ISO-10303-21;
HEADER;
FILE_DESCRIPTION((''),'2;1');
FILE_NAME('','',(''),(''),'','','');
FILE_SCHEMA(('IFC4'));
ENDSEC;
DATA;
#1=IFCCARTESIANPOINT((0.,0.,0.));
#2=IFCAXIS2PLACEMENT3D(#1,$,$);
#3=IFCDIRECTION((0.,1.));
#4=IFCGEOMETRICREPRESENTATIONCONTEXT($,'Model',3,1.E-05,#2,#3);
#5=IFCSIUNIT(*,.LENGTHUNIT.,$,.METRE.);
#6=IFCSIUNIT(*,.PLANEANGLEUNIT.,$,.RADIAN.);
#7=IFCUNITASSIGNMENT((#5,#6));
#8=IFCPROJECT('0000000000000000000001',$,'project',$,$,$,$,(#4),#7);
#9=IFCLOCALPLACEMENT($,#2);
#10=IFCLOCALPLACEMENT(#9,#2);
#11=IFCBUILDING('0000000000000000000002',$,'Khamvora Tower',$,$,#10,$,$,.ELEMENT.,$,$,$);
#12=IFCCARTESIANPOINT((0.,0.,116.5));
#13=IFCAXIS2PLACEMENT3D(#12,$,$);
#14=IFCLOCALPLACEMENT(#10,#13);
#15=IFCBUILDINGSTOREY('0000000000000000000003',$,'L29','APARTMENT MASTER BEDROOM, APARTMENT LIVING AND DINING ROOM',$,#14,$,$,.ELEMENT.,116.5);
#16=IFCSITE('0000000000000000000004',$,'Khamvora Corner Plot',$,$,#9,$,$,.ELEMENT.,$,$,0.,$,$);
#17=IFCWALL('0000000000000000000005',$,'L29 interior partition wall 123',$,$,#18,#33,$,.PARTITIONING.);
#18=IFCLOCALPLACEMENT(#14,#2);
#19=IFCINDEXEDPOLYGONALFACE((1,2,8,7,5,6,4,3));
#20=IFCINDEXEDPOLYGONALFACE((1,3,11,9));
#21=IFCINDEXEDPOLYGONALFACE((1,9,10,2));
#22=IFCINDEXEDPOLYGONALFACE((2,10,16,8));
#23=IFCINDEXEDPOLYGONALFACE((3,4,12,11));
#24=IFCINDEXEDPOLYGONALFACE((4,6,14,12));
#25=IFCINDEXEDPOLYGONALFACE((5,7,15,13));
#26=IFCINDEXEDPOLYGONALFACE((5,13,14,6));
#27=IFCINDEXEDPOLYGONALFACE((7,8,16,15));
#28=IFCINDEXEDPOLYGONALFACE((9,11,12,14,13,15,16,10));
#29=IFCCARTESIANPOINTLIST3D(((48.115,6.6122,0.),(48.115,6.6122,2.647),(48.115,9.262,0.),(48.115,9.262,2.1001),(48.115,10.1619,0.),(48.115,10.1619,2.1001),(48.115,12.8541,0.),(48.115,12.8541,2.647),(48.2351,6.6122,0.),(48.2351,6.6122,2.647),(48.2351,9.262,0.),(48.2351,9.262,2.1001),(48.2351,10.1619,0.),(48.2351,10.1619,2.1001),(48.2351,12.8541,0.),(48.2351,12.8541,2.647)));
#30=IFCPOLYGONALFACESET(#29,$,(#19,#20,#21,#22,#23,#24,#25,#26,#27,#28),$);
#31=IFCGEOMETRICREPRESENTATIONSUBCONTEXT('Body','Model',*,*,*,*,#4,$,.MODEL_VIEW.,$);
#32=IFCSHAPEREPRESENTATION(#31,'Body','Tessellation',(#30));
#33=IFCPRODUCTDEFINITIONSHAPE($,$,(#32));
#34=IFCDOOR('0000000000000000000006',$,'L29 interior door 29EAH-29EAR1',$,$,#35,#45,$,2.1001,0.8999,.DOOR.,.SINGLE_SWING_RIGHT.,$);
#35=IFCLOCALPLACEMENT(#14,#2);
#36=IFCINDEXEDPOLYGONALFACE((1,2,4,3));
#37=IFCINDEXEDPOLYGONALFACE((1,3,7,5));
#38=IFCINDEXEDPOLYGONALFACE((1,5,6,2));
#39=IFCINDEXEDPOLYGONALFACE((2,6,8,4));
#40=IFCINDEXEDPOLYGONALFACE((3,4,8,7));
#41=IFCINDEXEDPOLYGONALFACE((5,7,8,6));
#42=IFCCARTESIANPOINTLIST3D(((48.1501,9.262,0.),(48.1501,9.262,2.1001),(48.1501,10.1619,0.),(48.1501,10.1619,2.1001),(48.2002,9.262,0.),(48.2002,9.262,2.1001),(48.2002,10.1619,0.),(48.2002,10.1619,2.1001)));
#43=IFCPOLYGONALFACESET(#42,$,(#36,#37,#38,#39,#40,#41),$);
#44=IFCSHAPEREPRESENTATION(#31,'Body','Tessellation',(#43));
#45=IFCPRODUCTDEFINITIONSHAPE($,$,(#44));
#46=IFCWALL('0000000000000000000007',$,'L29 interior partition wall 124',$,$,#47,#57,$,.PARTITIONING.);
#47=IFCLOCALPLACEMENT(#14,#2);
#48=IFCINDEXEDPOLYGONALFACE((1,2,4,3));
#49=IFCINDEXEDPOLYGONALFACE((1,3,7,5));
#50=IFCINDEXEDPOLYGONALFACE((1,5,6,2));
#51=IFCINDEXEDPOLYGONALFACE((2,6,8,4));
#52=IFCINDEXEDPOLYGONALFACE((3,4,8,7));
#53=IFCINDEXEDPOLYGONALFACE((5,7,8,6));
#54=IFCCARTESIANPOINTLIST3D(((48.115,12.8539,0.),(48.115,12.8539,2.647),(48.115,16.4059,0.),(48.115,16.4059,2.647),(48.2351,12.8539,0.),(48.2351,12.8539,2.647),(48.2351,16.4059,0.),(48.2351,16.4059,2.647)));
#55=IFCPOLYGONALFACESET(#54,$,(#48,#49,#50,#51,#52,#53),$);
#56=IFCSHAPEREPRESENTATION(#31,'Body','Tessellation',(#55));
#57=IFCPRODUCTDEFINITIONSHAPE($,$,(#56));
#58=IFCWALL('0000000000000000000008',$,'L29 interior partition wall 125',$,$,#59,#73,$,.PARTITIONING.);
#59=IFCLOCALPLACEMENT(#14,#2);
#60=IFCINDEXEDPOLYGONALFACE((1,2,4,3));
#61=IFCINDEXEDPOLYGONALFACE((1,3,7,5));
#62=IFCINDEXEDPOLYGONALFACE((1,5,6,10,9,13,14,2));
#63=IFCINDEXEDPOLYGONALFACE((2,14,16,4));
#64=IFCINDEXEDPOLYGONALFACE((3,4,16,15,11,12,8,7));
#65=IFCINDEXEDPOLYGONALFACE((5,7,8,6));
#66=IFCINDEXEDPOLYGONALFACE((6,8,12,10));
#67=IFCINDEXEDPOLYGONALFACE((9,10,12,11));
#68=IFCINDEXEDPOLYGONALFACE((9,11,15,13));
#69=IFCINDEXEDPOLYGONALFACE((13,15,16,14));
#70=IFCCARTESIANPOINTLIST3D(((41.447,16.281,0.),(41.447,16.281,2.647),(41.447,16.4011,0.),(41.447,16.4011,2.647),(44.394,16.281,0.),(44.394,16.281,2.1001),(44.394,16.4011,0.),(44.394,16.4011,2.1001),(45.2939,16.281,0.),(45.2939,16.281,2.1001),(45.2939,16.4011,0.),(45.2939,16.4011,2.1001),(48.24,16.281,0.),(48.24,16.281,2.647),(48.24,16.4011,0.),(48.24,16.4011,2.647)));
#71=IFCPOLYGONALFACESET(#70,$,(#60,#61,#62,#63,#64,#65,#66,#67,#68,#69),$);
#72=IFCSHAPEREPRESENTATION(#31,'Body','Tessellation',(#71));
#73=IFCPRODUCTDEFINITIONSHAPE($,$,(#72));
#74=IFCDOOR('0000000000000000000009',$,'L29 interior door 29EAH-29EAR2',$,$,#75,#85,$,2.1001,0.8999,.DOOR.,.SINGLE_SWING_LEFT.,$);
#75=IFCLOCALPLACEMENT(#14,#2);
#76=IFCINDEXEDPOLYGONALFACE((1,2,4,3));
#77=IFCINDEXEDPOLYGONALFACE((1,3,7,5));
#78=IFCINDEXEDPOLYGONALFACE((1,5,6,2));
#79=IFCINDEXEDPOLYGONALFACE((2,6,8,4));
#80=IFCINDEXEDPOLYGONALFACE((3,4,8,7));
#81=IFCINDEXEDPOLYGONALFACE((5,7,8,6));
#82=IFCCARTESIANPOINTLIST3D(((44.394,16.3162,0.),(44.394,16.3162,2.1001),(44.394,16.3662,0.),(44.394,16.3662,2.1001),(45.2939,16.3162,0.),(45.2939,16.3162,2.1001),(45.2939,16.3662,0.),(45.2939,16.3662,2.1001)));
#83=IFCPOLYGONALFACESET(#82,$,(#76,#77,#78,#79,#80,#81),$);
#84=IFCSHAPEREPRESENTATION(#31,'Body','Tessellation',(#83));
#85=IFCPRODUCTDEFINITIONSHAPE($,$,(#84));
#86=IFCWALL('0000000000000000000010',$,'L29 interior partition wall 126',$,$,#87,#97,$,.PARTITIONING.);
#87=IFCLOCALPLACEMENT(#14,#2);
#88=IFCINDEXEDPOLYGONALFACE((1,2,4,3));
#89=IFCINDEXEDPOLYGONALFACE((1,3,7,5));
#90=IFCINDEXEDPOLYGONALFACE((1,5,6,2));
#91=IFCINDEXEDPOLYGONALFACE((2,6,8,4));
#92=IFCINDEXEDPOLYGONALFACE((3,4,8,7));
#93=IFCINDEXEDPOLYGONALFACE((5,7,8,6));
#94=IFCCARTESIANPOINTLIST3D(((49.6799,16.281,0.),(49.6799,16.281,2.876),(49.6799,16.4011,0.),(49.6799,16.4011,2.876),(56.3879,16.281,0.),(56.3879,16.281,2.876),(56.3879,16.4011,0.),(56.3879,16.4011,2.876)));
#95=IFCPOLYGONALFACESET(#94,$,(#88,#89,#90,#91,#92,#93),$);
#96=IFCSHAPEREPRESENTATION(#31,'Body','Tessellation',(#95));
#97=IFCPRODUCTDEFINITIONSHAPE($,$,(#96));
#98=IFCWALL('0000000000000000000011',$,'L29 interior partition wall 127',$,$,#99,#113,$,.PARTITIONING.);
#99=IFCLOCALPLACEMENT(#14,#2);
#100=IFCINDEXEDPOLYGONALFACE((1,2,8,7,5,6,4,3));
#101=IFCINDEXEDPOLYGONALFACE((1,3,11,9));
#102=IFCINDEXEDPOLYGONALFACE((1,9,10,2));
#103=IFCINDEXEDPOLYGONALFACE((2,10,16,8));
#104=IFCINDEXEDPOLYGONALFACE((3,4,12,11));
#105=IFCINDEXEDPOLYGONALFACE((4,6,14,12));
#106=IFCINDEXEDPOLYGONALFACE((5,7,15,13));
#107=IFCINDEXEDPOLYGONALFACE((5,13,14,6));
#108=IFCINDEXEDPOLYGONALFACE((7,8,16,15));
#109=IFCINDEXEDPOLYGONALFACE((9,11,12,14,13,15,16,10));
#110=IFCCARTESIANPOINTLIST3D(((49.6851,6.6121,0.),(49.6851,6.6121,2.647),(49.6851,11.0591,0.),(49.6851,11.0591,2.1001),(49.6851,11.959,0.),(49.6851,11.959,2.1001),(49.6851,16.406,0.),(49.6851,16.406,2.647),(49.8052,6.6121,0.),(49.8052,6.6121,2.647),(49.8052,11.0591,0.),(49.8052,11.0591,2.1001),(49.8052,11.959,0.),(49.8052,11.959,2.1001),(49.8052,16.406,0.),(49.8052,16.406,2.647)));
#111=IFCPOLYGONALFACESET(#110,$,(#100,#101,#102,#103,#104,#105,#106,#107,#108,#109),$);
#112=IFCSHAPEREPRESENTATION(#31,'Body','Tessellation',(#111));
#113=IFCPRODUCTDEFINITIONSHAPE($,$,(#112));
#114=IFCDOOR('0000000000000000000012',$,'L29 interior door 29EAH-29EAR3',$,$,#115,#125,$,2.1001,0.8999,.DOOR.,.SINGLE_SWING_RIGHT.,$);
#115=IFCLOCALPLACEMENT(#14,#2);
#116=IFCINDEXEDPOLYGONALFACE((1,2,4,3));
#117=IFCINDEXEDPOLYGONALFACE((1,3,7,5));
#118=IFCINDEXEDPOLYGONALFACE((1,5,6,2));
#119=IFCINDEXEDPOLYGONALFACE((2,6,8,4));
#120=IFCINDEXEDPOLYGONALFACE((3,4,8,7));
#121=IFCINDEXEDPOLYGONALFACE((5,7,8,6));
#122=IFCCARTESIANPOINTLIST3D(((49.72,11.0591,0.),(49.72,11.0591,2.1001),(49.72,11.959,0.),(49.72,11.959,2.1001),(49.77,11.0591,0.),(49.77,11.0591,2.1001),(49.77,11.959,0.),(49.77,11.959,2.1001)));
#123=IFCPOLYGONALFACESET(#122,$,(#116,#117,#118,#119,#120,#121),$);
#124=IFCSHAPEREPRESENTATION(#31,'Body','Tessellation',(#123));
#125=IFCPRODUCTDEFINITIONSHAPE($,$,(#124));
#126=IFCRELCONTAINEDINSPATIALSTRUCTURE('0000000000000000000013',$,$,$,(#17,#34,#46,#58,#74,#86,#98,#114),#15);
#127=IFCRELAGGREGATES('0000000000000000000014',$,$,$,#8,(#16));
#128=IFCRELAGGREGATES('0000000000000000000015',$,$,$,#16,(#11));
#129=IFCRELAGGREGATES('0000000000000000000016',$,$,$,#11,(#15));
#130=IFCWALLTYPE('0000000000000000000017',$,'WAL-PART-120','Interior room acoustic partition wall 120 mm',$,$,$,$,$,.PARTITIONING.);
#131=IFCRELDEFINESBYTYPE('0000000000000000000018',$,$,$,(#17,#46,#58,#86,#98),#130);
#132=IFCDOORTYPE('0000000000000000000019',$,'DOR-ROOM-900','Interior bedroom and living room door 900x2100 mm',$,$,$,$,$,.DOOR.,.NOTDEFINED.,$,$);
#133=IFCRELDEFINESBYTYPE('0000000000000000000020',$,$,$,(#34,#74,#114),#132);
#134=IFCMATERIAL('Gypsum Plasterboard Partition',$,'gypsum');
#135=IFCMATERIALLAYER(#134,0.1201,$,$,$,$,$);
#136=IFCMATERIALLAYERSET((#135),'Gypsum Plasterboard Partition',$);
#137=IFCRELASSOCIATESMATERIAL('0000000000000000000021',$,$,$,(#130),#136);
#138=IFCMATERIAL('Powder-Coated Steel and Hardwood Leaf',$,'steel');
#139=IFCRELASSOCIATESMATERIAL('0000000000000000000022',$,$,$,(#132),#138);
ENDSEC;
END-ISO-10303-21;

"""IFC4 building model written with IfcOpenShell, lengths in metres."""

from ifc_helpers import new_model, si_unit, direction, frame, frame_2d, origin, place, context, subcontext, project, spatial, rectangle, extrude, material, layer, layer_set, type_object, element, fill, save


model = new_model("IFC4")

# Units and contexts
model_context = context("Model", 3, precision=1e-05, world=origin(), true_north=direction((0.0, 1.0)))
body_context = subcontext(model_context, "Body", "Model", "MODEL_VIEW")
ifc_project = project(units=[si_unit("LENGTHUNIT", "METRE"), si_unit("PLANEANGLEUNIT", "RADIAN")], contexts=[model_context])

# Site, building, storey
site_placement = place(None, origin())
site = spatial("IfcSite", under=ifc_project, at=site_placement, Name="Khamvora Corner Plot", CompositionType="ELEMENT", RefElevation=0.0)
building_placement = place(site_placement, origin())
building = spatial("IfcBuilding", under=site, at=building_placement, Name="Khamvora Tower", CompositionType="ELEMENT")
storey_placement = place(building_placement, frame((0.0, 0.0, 116.5)))
storey = spatial("IfcBuildingStorey", under=building, at=storey_placement, Name="L29", Description="APARTMENT MASTER BEDROOM, APARTMENT LIVING AND DINING ROOM", CompositionType="ELEMENT", Elevation=116.5)

# Wall, opening, door
ifc_material_1 = material(Name="Gypsum Plasterboard Partition", Category="gypsum")
ifc_layer_1 = layer(ifc_material_1, 0.1201)
ifc_layer_set_1 = layer_set([ifc_layer_1], Name="Gypsum Plasterboard Partition")
wall_type_1 = type_object("IfcWallType", Name="WAL-PART-120", Description="Interior room acoustic partition wall 120 mm", PredefinedType="PARTITIONING", material=ifc_layer_set_1)
wall_1_placement = place(storey_placement, frame((48.175, 6.6121, 0.0), z_axis=(0.0, 0.0, 1.0), x_axis=(0.0, 1.0, 0.0)))
wall_1 = element("IfcWall", 1, at=wall_1_placement, inside=storey, type_object=wall_type_1, Name="L29 interior partition wall 123", PredefinedType="PARTITIONING", context=body_context, shape_type="SweptSolid", body=[
    extrude(rectangle(XDim=6.2419, YDim=0.1201, at=frame_2d((3.1211, 0.0))), origin(), (0.0, 0.0, 1.0), 2.647),
])
opening_1_placement = place(wall_1_placement, frame((2.6499, 0.0, 0.0)))
opening_1 = element("IfcOpeningElement", 2, at=opening_1_placement, cuts=wall_1, PredefinedType="OPENING", context=body_context, shape_type="SweptSolid", body=[
    extrude(rectangle(XDim=0.8999, YDim=2.1001, at=frame_2d((0.45, 1.05))), frame((0.0, 0.0701, 0.0), z_axis=(0.0, -1.0, 0.0), x_axis=(1.0, 0.0, 0.0)), (0.0, 0.0, 1.0), 0.1401),
])
ifc_material_2 = material(Name="Powder-Coated Steel and Hardwood Leaf", Category="steel")
door_type = type_object("IfcDoorType", Name="DOR-ROOM-900", Description="Interior bedroom and living room door 900x2100 mm", OperationType="NOTDEFINED", PredefinedType="DOOR", material=ifc_material_2)
door_1_placement = place(opening_1_placement, origin())
door_1 = element("IfcDoor", 3, at=door_1_placement, inside=storey, type_object=door_type, Name="L29 interior door 29EAH-29EAR1", OperationType="SINGLE_SWING_RIGHT", OverallHeight=2.1001, OverallWidth=0.8999, PredefinedType="DOOR", context=body_context, shape_type="SweptSolid", body=[
    extrude(rectangle(XDim=0.8999, YDim=2.1001, at=frame_2d((0.45, 1.05))), frame((0.0, 0.0249, 0.0), z_axis=(0.0, -1.0, 0.0), x_axis=(1.0, 0.0, 0.0)), (0.0, 0.0, 1.0), 0.05),
])
fill(opening_1, door_1)

# Wall
wall_2_placement = place(storey_placement, frame((48.175, 12.854, 0.0), z_axis=(0.0, 0.0, 1.0), x_axis=(0.0, 1.0, 0.0)))
element("IfcWall", 4, at=wall_2_placement, inside=storey, type_object=wall_type_1, Name="L29 interior partition wall 124", PredefinedType="PARTITIONING", context=body_context, shape_type="SweptSolid", body=[
    extrude(rectangle(XDim=3.552, YDim=0.1201, at=frame_2d((1.7759, 0.0))), origin(), (0.0, 0.0, 1.0), 2.647),
])

# Wall, opening, door
wall_3_placement = place(storey_placement, frame((48.24, 16.3411, 0.0), z_axis=(0.0, 0.0, 1.0), x_axis=(-1.0, 0.0, 0.0)))
wall_3 = element("IfcWall", 5, at=wall_3_placement, inside=storey, type_object=wall_type_1, Name="L29 interior partition wall 125", PredefinedType="PARTITIONING", context=body_context, shape_type="SweptSolid", body=[
    extrude(rectangle(XDim=6.793, YDim=0.1201, at=frame_2d((3.3965, 0.0))), origin(), (0.0, 0.0, 1.0), 2.647),
])
opening_2_placement = place(wall_3_placement, frame((2.946, 0.0, 0.0)))
opening_2 = element("IfcOpeningElement", 6, at=opening_2_placement, cuts=wall_3, PredefinedType="OPENING", context=body_context, shape_type="SweptSolid", body=[
    extrude(rectangle(XDim=0.8999, YDim=2.1001, at=frame_2d((0.45, 1.05))), frame((0.0, 0.0701, 0.0), z_axis=(0.0, -1.0, 0.0), x_axis=(1.0, 0.0, 0.0)), (0.0, 0.0, 1.0), 0.1401),
])
door_2_placement = place(opening_2_placement, origin())
door_2 = element("IfcDoor", 7, at=door_2_placement, inside=storey, type_object=door_type, Name="L29 interior door 29EAH-29EAR2", OperationType="SINGLE_SWING_LEFT", OverallHeight=2.1001, OverallWidth=0.8999, PredefinedType="DOOR", context=body_context, shape_type="SweptSolid", body=[
    extrude(rectangle(XDim=0.8999, YDim=2.1001, at=frame_2d((0.45, 1.05))), frame((0.0, 0.0249, 0.0), z_axis=(0.0, -1.0, 0.0), x_axis=(1.0, 0.0, 0.0)), (0.0, 0.0, 1.0), 0.05),
])
fill(opening_2, door_2)

# Wall
wall_4_placement = place(storey_placement, frame((56.3879, 16.3411, 0.0), z_axis=(0.0, 0.0, 1.0), x_axis=(-1.0, 0.0, 0.0)))
element("IfcWall", 8, at=wall_4_placement, inside=storey, type_object=wall_type_1, Name="L29 interior partition wall 126", PredefinedType="PARTITIONING", context=body_context, shape_type="SweptSolid", body=[
    extrude(rectangle(XDim=6.708, YDim=0.1201, at=frame_2d((3.354, 0.0))), origin(), (0.0, 0.0, 1.0), 2.876),
])

# Wall, opening, door
wall_5_placement = place(storey_placement, frame((49.7451, 16.406, 0.0), z_axis=(0.0, 0.0, 1.0), x_axis=(0.0, -1.0, 0.0)))
wall_5 = element("IfcWall", 9, at=wall_5_placement, inside=storey, type_object=wall_type_1, Name="L29 interior partition wall 127", PredefinedType="PARTITIONING", context=body_context, shape_type="SweptSolid", body=[
    extrude(rectangle(XDim=9.7939, YDim=0.1201, at=frame_2d((4.897, 0.0))), origin(), (0.0, 0.0, 1.0), 2.647),
])
opening_3_placement = place(wall_5_placement, frame((4.447, 0.0, 0.0)))
opening_3 = element("IfcOpeningElement", 10, at=opening_3_placement, cuts=wall_5, PredefinedType="OPENING", context=body_context, shape_type="SweptSolid", body=[
    extrude(rectangle(XDim=0.8999, YDim=2.1001, at=frame_2d((0.45, 1.05))), frame((0.0, 0.0701, 0.0), z_axis=(0.0, -1.0, 0.0), x_axis=(1.0, 0.0, 0.0)), (0.0, 0.0, 1.0), 0.1401),
])
door_3_placement = place(opening_3_placement, origin())
door_3 = element("IfcDoor", 11, at=door_3_placement, inside=storey, type_object=door_type, Name="L29 interior door 29EAH-29EAR3", OperationType="SINGLE_SWING_RIGHT", OverallHeight=2.1001, OverallWidth=0.8999, PredefinedType="DOOR", context=body_context, shape_type="SweptSolid", body=[
    extrude(rectangle(XDim=0.8999, YDim=2.1001, at=frame_2d((0.45, 1.05))), frame((0.0, 0.0249, 0.0), z_axis=(0.0, -1.0, 0.0), x_axis=(1.0, 0.0, 0.0)), (0.0, 0.0, 1.0), 0.05),
])
fill(opening_3, door_3)

save(model, "model.ifc")
